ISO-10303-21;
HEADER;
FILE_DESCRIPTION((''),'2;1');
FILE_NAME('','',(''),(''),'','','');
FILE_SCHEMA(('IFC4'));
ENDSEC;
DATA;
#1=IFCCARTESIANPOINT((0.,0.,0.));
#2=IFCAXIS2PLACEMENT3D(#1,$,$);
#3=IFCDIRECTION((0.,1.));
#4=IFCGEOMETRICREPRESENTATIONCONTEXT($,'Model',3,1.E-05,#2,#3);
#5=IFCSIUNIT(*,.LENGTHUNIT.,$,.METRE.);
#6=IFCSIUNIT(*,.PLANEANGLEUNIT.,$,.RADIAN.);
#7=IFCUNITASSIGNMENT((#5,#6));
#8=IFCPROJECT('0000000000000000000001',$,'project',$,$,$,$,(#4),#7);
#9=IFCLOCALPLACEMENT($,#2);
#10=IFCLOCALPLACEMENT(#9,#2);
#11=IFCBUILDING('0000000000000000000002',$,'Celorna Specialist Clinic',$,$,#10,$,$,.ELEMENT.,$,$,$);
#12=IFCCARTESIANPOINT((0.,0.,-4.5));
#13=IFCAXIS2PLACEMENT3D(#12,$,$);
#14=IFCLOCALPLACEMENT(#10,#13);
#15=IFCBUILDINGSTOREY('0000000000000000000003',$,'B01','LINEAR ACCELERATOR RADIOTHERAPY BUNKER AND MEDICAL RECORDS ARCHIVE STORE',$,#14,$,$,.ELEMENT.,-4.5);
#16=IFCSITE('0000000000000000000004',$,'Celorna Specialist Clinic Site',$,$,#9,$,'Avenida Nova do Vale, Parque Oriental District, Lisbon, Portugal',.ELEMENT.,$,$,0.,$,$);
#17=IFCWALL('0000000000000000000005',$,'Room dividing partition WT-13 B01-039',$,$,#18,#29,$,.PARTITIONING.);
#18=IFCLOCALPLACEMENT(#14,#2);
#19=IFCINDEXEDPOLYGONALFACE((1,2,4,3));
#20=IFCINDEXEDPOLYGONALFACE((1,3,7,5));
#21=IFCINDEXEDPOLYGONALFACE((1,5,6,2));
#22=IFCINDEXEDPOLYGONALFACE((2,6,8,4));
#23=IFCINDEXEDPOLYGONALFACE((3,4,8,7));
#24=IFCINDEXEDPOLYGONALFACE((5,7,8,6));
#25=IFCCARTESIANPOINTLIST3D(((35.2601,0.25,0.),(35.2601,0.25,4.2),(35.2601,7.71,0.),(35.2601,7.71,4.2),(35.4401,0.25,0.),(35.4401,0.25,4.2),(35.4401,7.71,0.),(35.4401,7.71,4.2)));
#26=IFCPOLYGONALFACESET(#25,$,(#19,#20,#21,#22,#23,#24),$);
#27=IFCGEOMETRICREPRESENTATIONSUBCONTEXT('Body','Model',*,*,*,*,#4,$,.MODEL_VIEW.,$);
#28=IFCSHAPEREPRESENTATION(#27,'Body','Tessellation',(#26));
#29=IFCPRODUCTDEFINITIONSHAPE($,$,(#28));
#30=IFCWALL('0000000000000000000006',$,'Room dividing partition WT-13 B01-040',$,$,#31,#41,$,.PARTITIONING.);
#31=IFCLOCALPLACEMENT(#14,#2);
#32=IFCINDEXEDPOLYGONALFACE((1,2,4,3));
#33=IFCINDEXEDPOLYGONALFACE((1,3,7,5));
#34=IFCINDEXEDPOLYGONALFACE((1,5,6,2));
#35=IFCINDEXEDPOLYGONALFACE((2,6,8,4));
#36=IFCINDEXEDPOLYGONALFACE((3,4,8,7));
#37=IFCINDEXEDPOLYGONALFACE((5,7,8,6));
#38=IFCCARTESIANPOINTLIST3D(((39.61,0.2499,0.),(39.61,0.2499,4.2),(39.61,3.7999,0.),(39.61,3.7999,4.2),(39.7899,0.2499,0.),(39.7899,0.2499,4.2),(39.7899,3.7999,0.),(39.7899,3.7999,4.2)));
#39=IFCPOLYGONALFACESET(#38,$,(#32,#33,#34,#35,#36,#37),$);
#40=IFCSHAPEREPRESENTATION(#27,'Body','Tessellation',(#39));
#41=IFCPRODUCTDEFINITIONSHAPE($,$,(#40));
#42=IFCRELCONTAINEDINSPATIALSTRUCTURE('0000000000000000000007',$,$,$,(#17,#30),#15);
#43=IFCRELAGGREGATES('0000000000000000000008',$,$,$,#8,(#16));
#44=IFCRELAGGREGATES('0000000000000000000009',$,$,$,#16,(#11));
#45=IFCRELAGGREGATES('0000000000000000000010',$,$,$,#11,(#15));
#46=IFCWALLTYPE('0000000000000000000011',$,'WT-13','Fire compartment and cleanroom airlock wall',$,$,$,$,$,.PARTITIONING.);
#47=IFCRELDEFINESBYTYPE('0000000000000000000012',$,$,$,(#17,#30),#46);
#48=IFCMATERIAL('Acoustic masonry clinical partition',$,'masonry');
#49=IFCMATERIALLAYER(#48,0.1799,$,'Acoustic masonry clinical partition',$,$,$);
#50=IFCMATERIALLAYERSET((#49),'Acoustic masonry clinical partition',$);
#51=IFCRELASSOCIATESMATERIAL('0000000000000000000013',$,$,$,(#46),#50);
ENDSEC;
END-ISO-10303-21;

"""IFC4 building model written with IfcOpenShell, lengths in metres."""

from ifc_helpers import new_model, si_unit, direction, frame, frame_2d, origin, place, context, subcontext, project, spatial, rectangle, extrude, material, layer, layer_set, type_object, element, save


model = new_model("IFC4")

# Units and contexts
model_context = context("Model", 3, precision=1e-05, world=origin(), true_north=direction((0.0, 1.0)))
body_context = subcontext(model_context, "Body", "Model", "MODEL_VIEW")
ifc_project = project(units=[si_unit("LENGTHUNIT", "METRE"), si_unit("PLANEANGLEUNIT", "RADIAN")], contexts=[model_context])

# Site, building, storey
site_placement = place(None, origin())
site = spatial("IfcSite", under=ifc_project, at=site_placement, Name="Celorna Specialist Clinic Site", LongName="Avenida Nova do Vale, Parque Oriental District, Lisbon, Portugal", CompositionType="ELEMENT", RefElevation=0.0)
building_placement = place(site_placement, origin())
building = spatial("IfcBuilding", under=site, at=building_placement, Name="Celorna Specialist Clinic", CompositionType="ELEMENT")
storey_placement = place(building_placement, frame((0.0, 0.0, -4.5)))
storey = spatial("IfcBuildingStorey", under=building, at=storey_placement, Name="B01", Description="LINEAR ACCELERATOR RADIOTHERAPY BUNKER AND MEDICAL RECORDS ARCHIVE STORE", CompositionType="ELEMENT", Elevation=-4.5)

# Shared definitions
ifc_material_1 = material(Name="Acoustic masonry clinical partition", Category="masonry")
ifc_layer_1 = layer(ifc_material_1, 0.1799, Name="Acoustic masonry clinical partition")
ifc_layer_set_1 = layer_set([ifc_layer_1], Name="Acoustic masonry clinical partition")
wall_type_1 = type_object("IfcWallType", Name="WT-13", Description="Fire compartment and cleanroom airlock wall", PredefinedType="PARTITIONING", material=ifc_layer_set_1)

# Walls
wall_1_placement = place(storey_placement, frame((35.3501, 0.25, 0.0), z_axis=(0.0, 0.0, 1.0), x_axis=(0.0, 1.0, 0.0)))
element("IfcWall", 1, at=wall_1_placement, inside=storey, type_object=wall_type_1, Name="Room dividing partition WT-13 B01-039", PredefinedType="PARTITIONING", context=body_context, shape_type="SweptSolid", body=[
    extrude(rectangle(XDim=7.46, YDim=0.1799, at=frame_2d((3.73, 0.0))), origin(), (0.0, 0.0, 1.0), 4.2),
])
wall_2_placement = place(storey_placement, frame((39.7, 0.25, 0.0), z_axis=(0.0, 0.0, 1.0), x_axis=(0.0, 1.0, 0.0)))
element("IfcWall", 2, at=wall_2_placement, inside=storey, type_object=wall_type_1, Name="Room dividing partition WT-13 B01-040", PredefinedType="PARTITIONING", context=body_context, shape_type="SweptSolid", body=[
    extrude(rectangle(XDim=3.55, YDim=0.1799, at=frame_2d((1.7749, 0.0))), origin(), (0.0, 0.0, 1.0), 4.2),
])

save(model, "model.ifc")
